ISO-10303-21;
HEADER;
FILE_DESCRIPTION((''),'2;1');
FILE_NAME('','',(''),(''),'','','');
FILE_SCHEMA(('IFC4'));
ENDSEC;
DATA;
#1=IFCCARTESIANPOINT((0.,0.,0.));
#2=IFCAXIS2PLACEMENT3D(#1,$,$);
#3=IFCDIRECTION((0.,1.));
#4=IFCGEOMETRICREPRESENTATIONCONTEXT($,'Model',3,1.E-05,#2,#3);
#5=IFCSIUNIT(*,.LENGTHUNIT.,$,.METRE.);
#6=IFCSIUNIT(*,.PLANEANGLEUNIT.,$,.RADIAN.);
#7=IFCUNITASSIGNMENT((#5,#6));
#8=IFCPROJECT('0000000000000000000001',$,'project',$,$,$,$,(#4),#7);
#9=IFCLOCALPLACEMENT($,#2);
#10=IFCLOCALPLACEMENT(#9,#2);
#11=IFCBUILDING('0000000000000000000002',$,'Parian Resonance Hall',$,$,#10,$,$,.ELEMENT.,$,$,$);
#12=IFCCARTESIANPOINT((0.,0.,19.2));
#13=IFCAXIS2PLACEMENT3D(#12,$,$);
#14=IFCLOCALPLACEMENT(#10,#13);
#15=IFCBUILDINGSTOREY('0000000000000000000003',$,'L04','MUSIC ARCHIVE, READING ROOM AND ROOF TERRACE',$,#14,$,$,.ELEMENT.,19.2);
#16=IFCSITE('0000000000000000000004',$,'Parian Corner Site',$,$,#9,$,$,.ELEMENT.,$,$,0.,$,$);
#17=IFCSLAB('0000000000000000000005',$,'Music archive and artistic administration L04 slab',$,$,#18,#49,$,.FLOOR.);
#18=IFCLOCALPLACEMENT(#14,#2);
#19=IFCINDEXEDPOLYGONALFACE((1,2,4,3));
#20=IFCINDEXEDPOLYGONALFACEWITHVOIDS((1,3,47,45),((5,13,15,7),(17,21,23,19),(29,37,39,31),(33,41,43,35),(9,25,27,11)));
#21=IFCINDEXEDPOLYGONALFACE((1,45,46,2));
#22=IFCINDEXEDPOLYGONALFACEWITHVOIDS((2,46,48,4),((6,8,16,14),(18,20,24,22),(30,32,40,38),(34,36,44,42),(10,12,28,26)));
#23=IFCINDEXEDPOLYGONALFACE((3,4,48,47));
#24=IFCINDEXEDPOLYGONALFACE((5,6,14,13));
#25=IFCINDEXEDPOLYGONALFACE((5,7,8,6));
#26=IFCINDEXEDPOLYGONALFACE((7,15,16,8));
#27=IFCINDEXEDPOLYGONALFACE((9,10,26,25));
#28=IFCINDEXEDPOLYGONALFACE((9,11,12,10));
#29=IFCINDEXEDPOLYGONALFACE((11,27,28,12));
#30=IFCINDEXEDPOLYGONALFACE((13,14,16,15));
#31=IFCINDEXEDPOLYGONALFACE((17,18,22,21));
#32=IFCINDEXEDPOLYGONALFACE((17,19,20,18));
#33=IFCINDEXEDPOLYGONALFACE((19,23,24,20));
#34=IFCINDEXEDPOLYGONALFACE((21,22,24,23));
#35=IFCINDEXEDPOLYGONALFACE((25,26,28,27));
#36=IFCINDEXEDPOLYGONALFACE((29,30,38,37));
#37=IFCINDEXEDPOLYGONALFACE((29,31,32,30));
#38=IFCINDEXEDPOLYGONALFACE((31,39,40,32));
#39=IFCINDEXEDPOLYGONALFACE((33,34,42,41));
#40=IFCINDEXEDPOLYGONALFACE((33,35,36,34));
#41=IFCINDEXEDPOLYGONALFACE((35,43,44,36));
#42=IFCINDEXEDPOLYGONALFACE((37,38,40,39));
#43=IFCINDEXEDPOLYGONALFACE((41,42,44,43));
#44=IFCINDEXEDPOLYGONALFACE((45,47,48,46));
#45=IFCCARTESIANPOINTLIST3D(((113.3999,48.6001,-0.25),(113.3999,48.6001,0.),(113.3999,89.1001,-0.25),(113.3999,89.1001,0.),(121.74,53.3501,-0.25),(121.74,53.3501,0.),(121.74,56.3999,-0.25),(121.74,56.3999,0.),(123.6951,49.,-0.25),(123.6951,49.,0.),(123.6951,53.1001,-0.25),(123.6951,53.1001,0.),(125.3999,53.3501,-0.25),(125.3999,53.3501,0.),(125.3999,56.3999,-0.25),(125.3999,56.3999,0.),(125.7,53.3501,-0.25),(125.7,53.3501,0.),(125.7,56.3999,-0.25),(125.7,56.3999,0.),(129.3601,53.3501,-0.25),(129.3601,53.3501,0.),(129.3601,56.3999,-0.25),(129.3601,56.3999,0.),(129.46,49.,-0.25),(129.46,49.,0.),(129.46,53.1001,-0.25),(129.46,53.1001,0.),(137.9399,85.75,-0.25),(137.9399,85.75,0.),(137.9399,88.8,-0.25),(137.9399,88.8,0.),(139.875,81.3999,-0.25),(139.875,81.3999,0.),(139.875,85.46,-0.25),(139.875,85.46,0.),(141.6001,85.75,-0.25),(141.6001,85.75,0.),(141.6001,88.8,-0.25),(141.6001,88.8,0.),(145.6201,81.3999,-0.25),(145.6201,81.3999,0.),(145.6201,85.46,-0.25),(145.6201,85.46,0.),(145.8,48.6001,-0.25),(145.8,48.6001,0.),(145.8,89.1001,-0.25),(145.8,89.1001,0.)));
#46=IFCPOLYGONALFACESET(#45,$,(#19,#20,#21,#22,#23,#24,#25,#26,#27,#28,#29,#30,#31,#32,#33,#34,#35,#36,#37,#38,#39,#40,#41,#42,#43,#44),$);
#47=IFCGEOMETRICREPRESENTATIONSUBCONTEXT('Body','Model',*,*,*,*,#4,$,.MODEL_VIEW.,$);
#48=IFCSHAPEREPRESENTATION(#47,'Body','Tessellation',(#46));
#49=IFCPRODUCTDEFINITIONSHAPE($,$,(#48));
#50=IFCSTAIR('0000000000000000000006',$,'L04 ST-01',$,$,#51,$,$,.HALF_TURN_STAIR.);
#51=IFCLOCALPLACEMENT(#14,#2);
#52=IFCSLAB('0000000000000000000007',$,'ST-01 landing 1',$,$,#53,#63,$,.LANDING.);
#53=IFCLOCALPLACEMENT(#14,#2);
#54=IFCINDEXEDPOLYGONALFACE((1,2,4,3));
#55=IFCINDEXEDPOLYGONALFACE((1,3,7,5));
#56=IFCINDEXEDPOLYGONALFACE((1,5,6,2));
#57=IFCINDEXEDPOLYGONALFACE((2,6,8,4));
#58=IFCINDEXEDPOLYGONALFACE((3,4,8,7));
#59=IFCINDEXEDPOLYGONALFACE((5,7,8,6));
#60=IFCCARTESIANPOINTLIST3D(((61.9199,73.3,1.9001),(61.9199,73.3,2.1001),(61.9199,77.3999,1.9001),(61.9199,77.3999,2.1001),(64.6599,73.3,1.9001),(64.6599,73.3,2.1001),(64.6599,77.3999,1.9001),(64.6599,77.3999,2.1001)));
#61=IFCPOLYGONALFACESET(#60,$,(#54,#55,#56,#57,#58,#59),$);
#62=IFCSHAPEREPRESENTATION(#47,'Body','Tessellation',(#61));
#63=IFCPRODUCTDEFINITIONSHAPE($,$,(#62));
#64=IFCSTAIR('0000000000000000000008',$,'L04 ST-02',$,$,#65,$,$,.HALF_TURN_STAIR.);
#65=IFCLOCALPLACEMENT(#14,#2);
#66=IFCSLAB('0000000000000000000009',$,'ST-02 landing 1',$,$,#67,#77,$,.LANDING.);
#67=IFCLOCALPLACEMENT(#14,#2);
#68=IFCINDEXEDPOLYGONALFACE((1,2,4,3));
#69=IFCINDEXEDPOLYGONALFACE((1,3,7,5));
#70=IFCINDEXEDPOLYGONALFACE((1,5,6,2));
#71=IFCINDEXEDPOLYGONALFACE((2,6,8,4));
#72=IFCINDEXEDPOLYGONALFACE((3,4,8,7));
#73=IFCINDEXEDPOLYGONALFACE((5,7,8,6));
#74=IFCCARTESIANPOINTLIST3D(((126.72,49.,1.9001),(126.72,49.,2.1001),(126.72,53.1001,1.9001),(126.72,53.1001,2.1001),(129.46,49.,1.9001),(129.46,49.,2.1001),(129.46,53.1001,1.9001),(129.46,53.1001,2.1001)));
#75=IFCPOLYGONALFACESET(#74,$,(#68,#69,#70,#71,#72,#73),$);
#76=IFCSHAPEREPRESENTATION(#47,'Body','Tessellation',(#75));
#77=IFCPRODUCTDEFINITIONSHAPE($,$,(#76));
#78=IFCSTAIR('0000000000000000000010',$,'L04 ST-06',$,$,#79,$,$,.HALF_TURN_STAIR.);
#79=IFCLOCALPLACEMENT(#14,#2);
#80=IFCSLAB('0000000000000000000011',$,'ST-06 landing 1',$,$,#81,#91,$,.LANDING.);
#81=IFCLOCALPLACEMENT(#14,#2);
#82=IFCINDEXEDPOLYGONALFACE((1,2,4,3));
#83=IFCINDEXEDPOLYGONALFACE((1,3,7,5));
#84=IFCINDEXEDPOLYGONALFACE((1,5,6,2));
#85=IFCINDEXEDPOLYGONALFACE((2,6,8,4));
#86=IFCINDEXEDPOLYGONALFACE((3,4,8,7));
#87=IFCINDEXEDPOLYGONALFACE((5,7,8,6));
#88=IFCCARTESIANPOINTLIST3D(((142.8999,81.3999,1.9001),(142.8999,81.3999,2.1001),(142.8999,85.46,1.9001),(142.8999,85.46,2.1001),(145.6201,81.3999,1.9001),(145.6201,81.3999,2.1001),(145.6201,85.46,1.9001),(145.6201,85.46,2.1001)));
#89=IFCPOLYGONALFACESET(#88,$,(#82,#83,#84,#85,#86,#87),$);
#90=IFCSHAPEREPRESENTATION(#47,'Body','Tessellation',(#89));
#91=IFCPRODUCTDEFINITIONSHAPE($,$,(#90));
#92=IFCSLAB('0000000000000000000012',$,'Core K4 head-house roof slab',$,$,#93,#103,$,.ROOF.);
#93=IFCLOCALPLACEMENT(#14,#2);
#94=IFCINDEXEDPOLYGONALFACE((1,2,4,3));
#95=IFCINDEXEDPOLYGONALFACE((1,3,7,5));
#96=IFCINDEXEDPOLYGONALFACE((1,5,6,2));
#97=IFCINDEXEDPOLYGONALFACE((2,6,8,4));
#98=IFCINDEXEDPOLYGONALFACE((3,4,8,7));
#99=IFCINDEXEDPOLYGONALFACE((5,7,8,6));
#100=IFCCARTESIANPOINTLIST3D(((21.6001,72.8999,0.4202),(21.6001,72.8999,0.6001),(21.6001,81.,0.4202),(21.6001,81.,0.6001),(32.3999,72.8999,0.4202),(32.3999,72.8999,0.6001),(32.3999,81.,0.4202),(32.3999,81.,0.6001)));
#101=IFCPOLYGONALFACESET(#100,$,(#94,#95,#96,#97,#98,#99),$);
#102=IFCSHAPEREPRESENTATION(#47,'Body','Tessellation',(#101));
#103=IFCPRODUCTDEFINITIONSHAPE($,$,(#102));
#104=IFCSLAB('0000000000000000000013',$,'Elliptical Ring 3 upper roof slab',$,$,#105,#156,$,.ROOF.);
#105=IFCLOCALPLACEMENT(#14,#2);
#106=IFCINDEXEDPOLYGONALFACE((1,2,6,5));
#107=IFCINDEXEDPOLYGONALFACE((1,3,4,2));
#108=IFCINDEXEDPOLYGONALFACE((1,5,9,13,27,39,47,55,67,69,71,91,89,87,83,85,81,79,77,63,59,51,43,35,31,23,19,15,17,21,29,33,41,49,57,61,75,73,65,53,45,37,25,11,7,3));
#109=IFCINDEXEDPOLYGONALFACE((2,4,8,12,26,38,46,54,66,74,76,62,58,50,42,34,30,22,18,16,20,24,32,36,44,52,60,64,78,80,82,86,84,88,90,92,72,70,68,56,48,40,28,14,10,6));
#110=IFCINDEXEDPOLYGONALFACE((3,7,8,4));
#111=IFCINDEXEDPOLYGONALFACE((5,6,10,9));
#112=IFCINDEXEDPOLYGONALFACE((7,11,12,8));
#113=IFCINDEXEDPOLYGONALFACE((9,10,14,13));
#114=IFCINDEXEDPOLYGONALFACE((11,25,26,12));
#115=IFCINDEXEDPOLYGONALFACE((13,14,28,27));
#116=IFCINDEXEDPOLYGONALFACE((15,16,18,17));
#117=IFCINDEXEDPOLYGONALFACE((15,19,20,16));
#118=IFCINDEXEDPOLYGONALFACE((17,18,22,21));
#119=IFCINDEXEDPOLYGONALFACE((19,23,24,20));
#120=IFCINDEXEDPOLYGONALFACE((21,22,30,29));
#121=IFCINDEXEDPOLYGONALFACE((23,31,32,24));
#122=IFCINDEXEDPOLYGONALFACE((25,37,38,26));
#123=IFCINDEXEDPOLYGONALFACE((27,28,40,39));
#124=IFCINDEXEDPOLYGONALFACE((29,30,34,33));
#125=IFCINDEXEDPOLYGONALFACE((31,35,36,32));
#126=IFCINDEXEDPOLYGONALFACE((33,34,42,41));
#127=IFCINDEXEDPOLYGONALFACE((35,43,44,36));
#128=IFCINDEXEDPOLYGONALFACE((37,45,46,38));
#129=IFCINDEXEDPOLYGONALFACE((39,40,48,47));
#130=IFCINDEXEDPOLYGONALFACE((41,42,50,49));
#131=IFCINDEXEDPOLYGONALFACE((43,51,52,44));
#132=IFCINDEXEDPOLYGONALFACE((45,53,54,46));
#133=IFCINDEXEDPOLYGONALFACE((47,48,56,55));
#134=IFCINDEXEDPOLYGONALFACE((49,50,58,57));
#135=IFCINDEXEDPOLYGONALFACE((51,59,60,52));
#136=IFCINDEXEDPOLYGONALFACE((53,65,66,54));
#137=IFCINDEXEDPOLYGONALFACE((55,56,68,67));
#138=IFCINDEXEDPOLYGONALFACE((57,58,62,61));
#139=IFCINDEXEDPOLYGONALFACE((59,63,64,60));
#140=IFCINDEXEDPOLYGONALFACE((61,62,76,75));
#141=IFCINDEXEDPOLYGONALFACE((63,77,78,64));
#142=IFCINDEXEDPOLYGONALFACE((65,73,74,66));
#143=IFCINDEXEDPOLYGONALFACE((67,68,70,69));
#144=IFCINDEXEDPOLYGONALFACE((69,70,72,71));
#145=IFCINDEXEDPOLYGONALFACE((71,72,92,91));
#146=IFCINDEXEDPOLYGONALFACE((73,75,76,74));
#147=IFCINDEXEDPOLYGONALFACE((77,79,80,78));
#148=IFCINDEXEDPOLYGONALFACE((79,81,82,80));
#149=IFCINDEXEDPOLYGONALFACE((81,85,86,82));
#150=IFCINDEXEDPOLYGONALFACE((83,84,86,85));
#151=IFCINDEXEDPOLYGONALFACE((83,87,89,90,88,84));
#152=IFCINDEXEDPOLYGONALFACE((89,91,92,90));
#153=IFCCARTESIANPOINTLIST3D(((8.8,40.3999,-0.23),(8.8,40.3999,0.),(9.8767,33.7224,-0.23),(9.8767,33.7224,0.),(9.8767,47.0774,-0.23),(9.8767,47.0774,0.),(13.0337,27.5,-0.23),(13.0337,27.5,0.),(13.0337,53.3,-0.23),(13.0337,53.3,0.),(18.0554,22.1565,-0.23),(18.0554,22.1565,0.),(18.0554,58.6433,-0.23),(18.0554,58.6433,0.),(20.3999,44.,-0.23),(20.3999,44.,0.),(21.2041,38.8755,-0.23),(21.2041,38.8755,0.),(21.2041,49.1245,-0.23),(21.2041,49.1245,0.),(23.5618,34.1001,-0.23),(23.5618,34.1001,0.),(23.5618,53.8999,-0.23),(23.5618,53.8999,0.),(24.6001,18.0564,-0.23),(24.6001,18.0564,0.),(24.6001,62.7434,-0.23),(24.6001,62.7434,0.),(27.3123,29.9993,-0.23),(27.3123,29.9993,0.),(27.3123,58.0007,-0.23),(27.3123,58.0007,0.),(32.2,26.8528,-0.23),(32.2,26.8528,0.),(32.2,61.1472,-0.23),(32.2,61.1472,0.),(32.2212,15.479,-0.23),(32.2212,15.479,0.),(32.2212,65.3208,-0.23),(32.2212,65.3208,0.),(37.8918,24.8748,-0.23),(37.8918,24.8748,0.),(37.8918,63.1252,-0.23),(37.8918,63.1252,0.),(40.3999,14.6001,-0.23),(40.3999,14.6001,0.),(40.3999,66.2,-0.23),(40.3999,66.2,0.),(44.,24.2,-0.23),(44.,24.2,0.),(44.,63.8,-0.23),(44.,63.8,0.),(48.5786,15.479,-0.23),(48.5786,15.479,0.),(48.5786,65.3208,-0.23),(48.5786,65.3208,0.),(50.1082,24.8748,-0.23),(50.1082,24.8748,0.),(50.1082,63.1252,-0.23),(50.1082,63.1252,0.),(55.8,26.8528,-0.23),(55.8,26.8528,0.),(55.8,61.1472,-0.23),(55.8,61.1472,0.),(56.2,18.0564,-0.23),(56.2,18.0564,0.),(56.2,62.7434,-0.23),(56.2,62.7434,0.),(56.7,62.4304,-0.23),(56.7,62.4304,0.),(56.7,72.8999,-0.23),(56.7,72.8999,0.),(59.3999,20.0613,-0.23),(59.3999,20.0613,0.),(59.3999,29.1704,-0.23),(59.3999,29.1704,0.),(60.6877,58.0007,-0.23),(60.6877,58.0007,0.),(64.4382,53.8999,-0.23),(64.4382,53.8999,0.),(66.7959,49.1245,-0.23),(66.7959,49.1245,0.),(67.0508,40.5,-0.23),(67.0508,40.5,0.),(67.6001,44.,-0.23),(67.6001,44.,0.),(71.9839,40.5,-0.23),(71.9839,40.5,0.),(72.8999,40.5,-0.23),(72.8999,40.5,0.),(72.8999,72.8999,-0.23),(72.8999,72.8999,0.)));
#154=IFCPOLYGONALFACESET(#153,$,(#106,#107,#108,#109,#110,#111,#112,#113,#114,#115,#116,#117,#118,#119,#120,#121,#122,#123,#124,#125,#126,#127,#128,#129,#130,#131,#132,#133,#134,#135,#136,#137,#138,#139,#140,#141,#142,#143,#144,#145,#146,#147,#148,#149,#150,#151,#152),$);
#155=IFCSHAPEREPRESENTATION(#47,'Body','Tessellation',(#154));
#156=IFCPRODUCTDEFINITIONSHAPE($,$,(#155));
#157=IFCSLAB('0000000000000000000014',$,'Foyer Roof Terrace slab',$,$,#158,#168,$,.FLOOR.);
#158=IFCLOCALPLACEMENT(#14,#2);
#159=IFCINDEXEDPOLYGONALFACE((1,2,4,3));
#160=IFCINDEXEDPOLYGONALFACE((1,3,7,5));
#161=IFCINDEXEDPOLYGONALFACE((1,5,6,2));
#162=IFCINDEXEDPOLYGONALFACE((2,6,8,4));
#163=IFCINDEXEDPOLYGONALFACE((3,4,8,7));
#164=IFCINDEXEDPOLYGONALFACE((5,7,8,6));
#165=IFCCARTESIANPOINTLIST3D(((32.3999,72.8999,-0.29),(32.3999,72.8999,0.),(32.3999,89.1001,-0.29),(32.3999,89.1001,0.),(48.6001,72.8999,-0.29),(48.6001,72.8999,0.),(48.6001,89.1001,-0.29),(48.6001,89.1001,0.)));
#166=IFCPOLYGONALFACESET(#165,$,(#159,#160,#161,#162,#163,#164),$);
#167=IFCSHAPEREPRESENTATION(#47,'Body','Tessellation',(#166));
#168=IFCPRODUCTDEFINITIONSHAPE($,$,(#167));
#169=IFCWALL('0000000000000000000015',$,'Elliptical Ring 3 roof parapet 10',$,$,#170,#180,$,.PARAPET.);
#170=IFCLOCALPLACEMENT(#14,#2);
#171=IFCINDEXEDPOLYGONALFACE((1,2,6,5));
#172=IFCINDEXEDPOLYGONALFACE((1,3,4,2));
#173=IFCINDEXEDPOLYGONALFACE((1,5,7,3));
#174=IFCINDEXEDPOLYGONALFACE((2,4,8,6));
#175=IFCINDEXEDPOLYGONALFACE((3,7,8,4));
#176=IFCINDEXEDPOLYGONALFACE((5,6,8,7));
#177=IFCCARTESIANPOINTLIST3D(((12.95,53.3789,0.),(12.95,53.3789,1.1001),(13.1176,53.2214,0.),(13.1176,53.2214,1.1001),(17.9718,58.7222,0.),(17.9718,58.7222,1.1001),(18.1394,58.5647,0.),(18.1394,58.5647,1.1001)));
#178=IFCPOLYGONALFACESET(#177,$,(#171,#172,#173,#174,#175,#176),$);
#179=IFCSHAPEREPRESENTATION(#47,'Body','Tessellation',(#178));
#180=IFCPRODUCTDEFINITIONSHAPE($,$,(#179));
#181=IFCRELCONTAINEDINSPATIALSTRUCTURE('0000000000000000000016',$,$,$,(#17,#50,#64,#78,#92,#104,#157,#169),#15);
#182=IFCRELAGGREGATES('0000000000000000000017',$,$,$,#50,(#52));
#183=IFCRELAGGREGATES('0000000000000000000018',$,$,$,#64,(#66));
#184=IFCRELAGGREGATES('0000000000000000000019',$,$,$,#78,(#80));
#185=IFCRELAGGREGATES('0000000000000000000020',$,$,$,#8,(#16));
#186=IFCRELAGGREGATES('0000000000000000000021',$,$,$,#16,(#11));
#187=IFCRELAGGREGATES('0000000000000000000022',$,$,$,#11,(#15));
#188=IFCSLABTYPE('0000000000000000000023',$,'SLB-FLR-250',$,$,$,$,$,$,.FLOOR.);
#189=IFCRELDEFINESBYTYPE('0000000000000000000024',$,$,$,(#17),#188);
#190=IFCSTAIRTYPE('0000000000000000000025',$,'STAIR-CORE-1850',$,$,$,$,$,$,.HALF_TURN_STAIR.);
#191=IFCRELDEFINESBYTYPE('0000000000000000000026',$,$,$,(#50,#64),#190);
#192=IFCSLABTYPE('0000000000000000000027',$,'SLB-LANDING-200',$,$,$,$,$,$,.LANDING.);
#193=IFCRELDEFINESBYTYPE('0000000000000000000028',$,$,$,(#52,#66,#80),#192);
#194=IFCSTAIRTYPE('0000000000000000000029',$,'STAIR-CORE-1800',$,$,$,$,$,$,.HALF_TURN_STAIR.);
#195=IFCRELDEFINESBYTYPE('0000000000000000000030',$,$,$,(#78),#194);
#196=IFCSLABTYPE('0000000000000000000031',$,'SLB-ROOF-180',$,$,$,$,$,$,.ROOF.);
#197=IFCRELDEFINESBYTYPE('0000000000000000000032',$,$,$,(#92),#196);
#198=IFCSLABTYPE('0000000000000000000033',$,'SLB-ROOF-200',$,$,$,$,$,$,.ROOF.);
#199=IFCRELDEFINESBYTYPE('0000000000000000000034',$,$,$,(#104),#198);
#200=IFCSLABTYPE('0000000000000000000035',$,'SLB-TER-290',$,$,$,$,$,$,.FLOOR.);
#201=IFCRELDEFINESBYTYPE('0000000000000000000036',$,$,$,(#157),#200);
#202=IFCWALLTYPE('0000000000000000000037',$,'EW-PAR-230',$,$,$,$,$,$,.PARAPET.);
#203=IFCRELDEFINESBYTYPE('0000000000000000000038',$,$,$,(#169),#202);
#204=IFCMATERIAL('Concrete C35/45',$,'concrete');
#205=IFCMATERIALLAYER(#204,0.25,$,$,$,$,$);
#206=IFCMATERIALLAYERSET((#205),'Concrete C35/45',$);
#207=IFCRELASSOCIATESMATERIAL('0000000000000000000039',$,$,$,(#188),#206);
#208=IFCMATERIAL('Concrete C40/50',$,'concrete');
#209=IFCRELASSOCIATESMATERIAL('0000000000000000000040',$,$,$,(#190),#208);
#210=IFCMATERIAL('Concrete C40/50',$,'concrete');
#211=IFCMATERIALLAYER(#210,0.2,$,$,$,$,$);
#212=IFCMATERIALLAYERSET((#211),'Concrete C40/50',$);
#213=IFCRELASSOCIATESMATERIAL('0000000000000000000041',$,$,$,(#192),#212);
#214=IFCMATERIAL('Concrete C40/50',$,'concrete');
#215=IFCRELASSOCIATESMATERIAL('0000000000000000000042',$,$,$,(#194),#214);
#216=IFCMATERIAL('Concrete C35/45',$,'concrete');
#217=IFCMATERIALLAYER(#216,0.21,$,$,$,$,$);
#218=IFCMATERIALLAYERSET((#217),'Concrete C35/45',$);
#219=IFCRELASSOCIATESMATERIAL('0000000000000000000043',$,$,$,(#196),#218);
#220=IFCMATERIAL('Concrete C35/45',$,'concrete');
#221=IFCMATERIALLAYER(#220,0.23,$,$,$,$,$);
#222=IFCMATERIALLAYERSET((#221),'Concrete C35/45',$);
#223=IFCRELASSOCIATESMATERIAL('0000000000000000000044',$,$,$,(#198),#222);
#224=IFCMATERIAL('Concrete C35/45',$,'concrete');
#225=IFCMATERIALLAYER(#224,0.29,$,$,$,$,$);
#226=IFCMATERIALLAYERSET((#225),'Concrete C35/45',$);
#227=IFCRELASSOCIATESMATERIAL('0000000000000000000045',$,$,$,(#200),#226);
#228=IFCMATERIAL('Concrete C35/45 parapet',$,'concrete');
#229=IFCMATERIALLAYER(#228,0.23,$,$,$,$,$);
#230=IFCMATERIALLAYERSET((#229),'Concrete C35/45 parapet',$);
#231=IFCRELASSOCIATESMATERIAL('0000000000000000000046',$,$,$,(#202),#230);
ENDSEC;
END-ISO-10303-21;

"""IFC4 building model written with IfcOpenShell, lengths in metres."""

from ifc_helpers import new_model, si_unit, direction, frame, frame_2d, origin, place, context, subcontext, project, spatial, polyline, rectangle, outline, extrude, material, layer, layer_set, type_object, element, aggregate, save


model = new_model("IFC4")

# Units and contexts
model_context = context("Model", 3, precision=1e-05, world=origin(), true_north=direction((0.0, 1.0)))
body_context = subcontext(model_context, "Body", "Model", "MODEL_VIEW")
ifc_project = project(units=[si_unit("LENGTHUNIT", "METRE"), si_unit("PLANEANGLEUNIT", "RADIAN")], contexts=[model_context])

# Site, building, storey
site_placement = place(None, origin())
site = spatial("IfcSite", under=ifc_project, at=site_placement, Name="Parian Corner Site", CompositionType="ELEMENT", RefElevation=0.0)
building_placement = place(site_placement, origin())
building = spatial("IfcBuilding", under=site, at=building_placement, Name="Parian Resonance Hall", CompositionType="ELEMENT")
storey_placement = place(building_placement, frame((0.0, 0.0, 19.2)))
storey = spatial("IfcBuildingStorey", under=building, at=storey_placement, Name="L04", Description="MUSIC ARCHIVE, READING ROOM AND ROOF TERRACE", CompositionType="ELEMENT", Elevation=19.2)

# Slab
ifc_material_1 = material(Name="Concrete C35/45", Category="concrete")
ifc_layer_1 = layer(ifc_material_1, 0.25)
ifc_layer_set_1 = layer_set([ifc_layer_1], Name="Concrete C35/45")
slab_type_1 = type_object("IfcSlabType", Name="SLB-FLR-250", PredefinedType="FLOOR", material=ifc_layer_set_1)
slab_1_placement = place(storey_placement, frame((0.0, 0.0, -0.25)))
element("IfcSlab", 1, at=slab_1_placement, inside=storey, type_object=slab_type_1, Name="Music archive and artistic administration L04 slab", PredefinedType="FLOOR", context=body_context, shape_type="SweptSolid", body=[
    extrude(outline(polyline([(113.3999, 48.6001), (145.8, 48.6001), (145.8, 89.1001), (113.3999, 89.1001), (113.3999, 48.6001)]), holes=[polyline([(129.46, 53.1001), (129.46, 49.0), (123.6951, 49.0), (123.6951, 53.1001), (129.46, 53.1001)]), polyline([(125.3999, 56.3999), (125.3999, 53.3501), (121.74, 53.3501), (121.74, 56.3999), (125.3999, 56.3999)]), polyline([(129.3601, 56.3999), (129.3601, 53.3501), (125.7, 53.3501), (125.7, 56.3999), (129.3601, 56.3999)]), polyline([(145.6201, 81.3999), (139.875, 81.3999), (139.875, 85.46), (145.6201, 85.46), (145.6201, 81.3999)]), polyline([(141.6001, 85.75), (137.9399, 85.75), (137.9399, 88.8), (141.6001, 88.8), (141.6001, 85.75)])]), origin(), (0.0, 0.0, 1.0), 0.25),
])

# Stairs, slabs
ifc_material_2 = material(Name="Concrete C40/50", Category="concrete")
stair_type_1 = type_object("IfcStairType", Name="STAIR-CORE-1850", PredefinedType="HALF_TURN_STAIR", material=ifc_material_2)
stair_1_placement = place(storey_placement, origin())
stair_1 = element("IfcStair", 2, at=stair_1_placement, inside=storey, type_object=stair_type_1, Name="L04 ST-01", PredefinedType="HALF_TURN_STAIR")
ifc_material_3 = material(Name="Concrete C40/50", Category="concrete")
ifc_layer_2 = layer(ifc_material_3, 0.2)
ifc_layer_set_2 = layer_set([ifc_layer_2], Name="Concrete C40/50")
slab_type_2 = type_object("IfcSlabType", Name="SLB-LANDING-200", PredefinedType="LANDING", material=ifc_layer_set_2)
slab_2_placement = place(storey_placement, frame((0.0, 0.0, 1.9001)))
slab_2 = element("IfcSlab", 3, at=slab_2_placement, type_object=slab_type_2, Name="ST-01 landing 1", PredefinedType="LANDING", context=body_context, shape_type="SweptSolid", body=[
    extrude(outline(polyline([(61.9199, 73.3), (64.6599, 73.3), (64.6599, 77.3999), (61.9199, 77.3999), (61.9199, 73.3)])), origin(), (0.0, 0.0, 1.0), 0.2),
])
aggregate(stair_1, [slab_2])
stair_2_placement = place(storey_placement, origin())
stair_2 = element("IfcStair", 4, at=stair_2_placement, inside=storey, type_object=stair_type_1, Name="L04 ST-02", PredefinedType="HALF_TURN_STAIR")
slab_3_placement = place(storey_placement, frame((0.0, 0.0, 1.9001)))
slab_3 = element("IfcSlab", 5, at=slab_3_placement, type_object=slab_type_2, Name="ST-02 landing 1", PredefinedType="LANDING", context=body_context, shape_type="SweptSolid", body=[
    extrude(outline(polyline([(126.72, 49.0), (129.46, 49.0), (129.46, 53.1001), (126.72, 53.1001), (126.72, 49.0)])), origin(), (0.0, 0.0, 1.0), 0.2),
])
aggregate(stair_2, [slab_3])
ifc_material_4 = material(Name="Concrete C40/50", Category="concrete")
stair_type_2 = type_object("IfcStairType", Name="STAIR-CORE-1800", PredefinedType="HALF_TURN_STAIR", material=ifc_material_4)
stair_3_placement = place(storey_placement, origin())
stair_3 = element("IfcStair", 6, at=stair_3_placement, inside=storey, type_object=stair_type_2, Name="L04 ST-06", PredefinedType="HALF_TURN_STAIR")
slab_4_placement = place(storey_placement, frame((0.0, 0.0, 1.9001)))
slab_4 = element("IfcSlab", 7, at=slab_4_placement, type_object=slab_type_2, Name="ST-06 landing 1", PredefinedType="LANDING", context=body_context, shape_type="SweptSolid", body=[
    extrude(outline(polyline([(142.8999, 81.3999), (145.6201, 81.3999), (145.6201, 85.46), (142.8999, 85.46), (142.8999, 81.3999)])), origin(), (0.0, 0.0, 1.0), 0.2),
])
aggregate(stair_3, [slab_4])

# Slabs
ifc_material_5 = material(Name="Concrete C35/45", Category="concrete")
ifc_layer_3 = layer(ifc_material_5, 0.21)
ifc_layer_set_3 = layer_set([ifc_layer_3], Name="Concrete C35/45")
slab_type_3 = type_object("IfcSlabType", Name="SLB-ROOF-180", PredefinedType="ROOF", material=ifc_layer_set_3)
slab_5_placement = place(storey_placement, frame((0.0, 0.0, 0.4202)))
element("IfcSlab", 8, at=slab_5_placement, inside=storey, type_object=slab_type_3, Name="Core K4 head-house roof slab", PredefinedType="ROOF", context=body_context, shape_type="SweptSolid", body=[
    extrude(outline(polyline([(21.6001, 72.8999), (32.3999, 72.8999), (32.3999, 81.0), (21.6001, 81.0), (21.6001, 72.8999)])), origin(), (0.0, 0.0, 1.0), 0.1799),
])
ifc_material_6 = material(Name="Concrete C35/45", Category="concrete")
ifc_layer_4 = layer(ifc_material_6, 0.23)
ifc_layer_set_4 = layer_set([ifc_layer_4], Name="Concrete C35/45")
slab_type_4 = type_object("IfcSlabType", Name="SLB-ROOF-200", PredefinedType="ROOF", material=ifc_layer_set_4)
slab_6_placement = place(storey_placement, frame((0.0, 0.0, -0.23)))
element("IfcSlab", 9, at=slab_6_placement, inside=storey, type_object=slab_type_4, Name="Elliptical Ring 3 upper roof slab", PredefinedType="ROOF", context=body_context, shape_type="SweptSolid", body=[
    extrude(outline(polyline([(59.3999, 20.0613), (59.3999, 29.1704), (55.8, 26.8528), (50.1082, 24.8748), (44.0, 24.2), (37.8918, 24.8748), (32.2, 26.8528), (27.3123, 29.9993), (23.5618, 34.1001), (21.2041, 38.8755), (20.3999, 44.0), (21.2041, 49.1245), (23.5618, 53.8999), (27.3123, 58.0007), (32.2, 61.1472), (37.8918, 63.1252), (44.0, 63.8), (50.1082, 63.1252), (55.8, 61.1472), (60.6877, 58.0007), (64.4382, 53.8999), (66.7959, 49.1245), (67.6001, 44.0), (67.0508, 40.5), (71.9839, 40.5), (72.8999, 40.5), (72.8999, 72.8999), (56.7, 72.8999), (56.7, 62.4304), (56.2, 62.7434), (48.5786, 65.3208), (40.3999, 66.2), (32.2212, 65.3208), (24.6001, 62.7434), (18.0554, 58.6433), (13.0337, 53.3), (9.8767, 47.0774), (8.8, 40.3999), (9.8767, 33.7224), (13.0337, 27.5), (18.0554, 22.1565), (24.6001, 18.0564), (32.2212, 15.479), (40.3999, 14.6001), (48.5786, 15.479), (56.2, 18.0564), (59.3999, 20.0613)])), origin(), (0.0, 0.0, 1.0), 0.23),
])
ifc_material_7 = material(Name="Concrete C35/45", Category="concrete")
ifc_layer_5 = layer(ifc_material_7, 0.29)
ifc_layer_set_5 = layer_set([ifc_layer_5], Name="Concrete C35/45")
slab_type_5 = type_object("IfcSlabType", Name="SLB-TER-290", PredefinedType="FLOOR", material=ifc_layer_set_5)
slab_7_placement = place(storey_placement, frame((0.0, 0.0, -0.29)))
element("IfcSlab", 10, at=slab_7_placement, inside=storey, type_object=slab_type_5, Name="Foyer Roof Terrace slab", PredefinedType="FLOOR", context=body_context, shape_type="SweptSolid", body=[
    extrude(outline(polyline([(32.3999, 72.8999), (48.6001, 72.8999), (48.6001, 89.1001), (32.3999, 89.1001), (32.3999, 72.8999)])), origin(), (0.0, 0.0, 1.0), 0.29),
])

# Wall
ifc_material_8 = material(Name="Concrete C35/45 parapet", Category="concrete")
ifc_layer_6 = layer(ifc_material_8, 0.23)
ifc_layer_set_6 = layer_set([ifc_layer_6], Name="Concrete C35/45 parapet")
wall_type_1 = type_object("IfcWallType", Name="EW-PAR-230", PredefinedType="PARAPET", material=ifc_layer_set_6)
wall_1_placement = place(storey_placement, frame((13.0337, 53.3, 0.0), z_axis=(0.0, 0.0, 1.0), x_axis=(0.684842, 0.728691, 0.0)))
element("IfcWall", 11, at=wall_1_placement, inside=storey, type_object=wall_type_1, Name="Elliptical Ring 3 roof parapet 10", PredefinedType="PARAPET", context=body_context, shape_type="SweptSolid", body=[
    extrude(rectangle(XDim=7.3328, YDim=0.23, at=frame_2d((3.6665, 0.0))), origin(), (0.0, 0.0, 1.0), 1.1001),
])

save(model, "model.ifc")
